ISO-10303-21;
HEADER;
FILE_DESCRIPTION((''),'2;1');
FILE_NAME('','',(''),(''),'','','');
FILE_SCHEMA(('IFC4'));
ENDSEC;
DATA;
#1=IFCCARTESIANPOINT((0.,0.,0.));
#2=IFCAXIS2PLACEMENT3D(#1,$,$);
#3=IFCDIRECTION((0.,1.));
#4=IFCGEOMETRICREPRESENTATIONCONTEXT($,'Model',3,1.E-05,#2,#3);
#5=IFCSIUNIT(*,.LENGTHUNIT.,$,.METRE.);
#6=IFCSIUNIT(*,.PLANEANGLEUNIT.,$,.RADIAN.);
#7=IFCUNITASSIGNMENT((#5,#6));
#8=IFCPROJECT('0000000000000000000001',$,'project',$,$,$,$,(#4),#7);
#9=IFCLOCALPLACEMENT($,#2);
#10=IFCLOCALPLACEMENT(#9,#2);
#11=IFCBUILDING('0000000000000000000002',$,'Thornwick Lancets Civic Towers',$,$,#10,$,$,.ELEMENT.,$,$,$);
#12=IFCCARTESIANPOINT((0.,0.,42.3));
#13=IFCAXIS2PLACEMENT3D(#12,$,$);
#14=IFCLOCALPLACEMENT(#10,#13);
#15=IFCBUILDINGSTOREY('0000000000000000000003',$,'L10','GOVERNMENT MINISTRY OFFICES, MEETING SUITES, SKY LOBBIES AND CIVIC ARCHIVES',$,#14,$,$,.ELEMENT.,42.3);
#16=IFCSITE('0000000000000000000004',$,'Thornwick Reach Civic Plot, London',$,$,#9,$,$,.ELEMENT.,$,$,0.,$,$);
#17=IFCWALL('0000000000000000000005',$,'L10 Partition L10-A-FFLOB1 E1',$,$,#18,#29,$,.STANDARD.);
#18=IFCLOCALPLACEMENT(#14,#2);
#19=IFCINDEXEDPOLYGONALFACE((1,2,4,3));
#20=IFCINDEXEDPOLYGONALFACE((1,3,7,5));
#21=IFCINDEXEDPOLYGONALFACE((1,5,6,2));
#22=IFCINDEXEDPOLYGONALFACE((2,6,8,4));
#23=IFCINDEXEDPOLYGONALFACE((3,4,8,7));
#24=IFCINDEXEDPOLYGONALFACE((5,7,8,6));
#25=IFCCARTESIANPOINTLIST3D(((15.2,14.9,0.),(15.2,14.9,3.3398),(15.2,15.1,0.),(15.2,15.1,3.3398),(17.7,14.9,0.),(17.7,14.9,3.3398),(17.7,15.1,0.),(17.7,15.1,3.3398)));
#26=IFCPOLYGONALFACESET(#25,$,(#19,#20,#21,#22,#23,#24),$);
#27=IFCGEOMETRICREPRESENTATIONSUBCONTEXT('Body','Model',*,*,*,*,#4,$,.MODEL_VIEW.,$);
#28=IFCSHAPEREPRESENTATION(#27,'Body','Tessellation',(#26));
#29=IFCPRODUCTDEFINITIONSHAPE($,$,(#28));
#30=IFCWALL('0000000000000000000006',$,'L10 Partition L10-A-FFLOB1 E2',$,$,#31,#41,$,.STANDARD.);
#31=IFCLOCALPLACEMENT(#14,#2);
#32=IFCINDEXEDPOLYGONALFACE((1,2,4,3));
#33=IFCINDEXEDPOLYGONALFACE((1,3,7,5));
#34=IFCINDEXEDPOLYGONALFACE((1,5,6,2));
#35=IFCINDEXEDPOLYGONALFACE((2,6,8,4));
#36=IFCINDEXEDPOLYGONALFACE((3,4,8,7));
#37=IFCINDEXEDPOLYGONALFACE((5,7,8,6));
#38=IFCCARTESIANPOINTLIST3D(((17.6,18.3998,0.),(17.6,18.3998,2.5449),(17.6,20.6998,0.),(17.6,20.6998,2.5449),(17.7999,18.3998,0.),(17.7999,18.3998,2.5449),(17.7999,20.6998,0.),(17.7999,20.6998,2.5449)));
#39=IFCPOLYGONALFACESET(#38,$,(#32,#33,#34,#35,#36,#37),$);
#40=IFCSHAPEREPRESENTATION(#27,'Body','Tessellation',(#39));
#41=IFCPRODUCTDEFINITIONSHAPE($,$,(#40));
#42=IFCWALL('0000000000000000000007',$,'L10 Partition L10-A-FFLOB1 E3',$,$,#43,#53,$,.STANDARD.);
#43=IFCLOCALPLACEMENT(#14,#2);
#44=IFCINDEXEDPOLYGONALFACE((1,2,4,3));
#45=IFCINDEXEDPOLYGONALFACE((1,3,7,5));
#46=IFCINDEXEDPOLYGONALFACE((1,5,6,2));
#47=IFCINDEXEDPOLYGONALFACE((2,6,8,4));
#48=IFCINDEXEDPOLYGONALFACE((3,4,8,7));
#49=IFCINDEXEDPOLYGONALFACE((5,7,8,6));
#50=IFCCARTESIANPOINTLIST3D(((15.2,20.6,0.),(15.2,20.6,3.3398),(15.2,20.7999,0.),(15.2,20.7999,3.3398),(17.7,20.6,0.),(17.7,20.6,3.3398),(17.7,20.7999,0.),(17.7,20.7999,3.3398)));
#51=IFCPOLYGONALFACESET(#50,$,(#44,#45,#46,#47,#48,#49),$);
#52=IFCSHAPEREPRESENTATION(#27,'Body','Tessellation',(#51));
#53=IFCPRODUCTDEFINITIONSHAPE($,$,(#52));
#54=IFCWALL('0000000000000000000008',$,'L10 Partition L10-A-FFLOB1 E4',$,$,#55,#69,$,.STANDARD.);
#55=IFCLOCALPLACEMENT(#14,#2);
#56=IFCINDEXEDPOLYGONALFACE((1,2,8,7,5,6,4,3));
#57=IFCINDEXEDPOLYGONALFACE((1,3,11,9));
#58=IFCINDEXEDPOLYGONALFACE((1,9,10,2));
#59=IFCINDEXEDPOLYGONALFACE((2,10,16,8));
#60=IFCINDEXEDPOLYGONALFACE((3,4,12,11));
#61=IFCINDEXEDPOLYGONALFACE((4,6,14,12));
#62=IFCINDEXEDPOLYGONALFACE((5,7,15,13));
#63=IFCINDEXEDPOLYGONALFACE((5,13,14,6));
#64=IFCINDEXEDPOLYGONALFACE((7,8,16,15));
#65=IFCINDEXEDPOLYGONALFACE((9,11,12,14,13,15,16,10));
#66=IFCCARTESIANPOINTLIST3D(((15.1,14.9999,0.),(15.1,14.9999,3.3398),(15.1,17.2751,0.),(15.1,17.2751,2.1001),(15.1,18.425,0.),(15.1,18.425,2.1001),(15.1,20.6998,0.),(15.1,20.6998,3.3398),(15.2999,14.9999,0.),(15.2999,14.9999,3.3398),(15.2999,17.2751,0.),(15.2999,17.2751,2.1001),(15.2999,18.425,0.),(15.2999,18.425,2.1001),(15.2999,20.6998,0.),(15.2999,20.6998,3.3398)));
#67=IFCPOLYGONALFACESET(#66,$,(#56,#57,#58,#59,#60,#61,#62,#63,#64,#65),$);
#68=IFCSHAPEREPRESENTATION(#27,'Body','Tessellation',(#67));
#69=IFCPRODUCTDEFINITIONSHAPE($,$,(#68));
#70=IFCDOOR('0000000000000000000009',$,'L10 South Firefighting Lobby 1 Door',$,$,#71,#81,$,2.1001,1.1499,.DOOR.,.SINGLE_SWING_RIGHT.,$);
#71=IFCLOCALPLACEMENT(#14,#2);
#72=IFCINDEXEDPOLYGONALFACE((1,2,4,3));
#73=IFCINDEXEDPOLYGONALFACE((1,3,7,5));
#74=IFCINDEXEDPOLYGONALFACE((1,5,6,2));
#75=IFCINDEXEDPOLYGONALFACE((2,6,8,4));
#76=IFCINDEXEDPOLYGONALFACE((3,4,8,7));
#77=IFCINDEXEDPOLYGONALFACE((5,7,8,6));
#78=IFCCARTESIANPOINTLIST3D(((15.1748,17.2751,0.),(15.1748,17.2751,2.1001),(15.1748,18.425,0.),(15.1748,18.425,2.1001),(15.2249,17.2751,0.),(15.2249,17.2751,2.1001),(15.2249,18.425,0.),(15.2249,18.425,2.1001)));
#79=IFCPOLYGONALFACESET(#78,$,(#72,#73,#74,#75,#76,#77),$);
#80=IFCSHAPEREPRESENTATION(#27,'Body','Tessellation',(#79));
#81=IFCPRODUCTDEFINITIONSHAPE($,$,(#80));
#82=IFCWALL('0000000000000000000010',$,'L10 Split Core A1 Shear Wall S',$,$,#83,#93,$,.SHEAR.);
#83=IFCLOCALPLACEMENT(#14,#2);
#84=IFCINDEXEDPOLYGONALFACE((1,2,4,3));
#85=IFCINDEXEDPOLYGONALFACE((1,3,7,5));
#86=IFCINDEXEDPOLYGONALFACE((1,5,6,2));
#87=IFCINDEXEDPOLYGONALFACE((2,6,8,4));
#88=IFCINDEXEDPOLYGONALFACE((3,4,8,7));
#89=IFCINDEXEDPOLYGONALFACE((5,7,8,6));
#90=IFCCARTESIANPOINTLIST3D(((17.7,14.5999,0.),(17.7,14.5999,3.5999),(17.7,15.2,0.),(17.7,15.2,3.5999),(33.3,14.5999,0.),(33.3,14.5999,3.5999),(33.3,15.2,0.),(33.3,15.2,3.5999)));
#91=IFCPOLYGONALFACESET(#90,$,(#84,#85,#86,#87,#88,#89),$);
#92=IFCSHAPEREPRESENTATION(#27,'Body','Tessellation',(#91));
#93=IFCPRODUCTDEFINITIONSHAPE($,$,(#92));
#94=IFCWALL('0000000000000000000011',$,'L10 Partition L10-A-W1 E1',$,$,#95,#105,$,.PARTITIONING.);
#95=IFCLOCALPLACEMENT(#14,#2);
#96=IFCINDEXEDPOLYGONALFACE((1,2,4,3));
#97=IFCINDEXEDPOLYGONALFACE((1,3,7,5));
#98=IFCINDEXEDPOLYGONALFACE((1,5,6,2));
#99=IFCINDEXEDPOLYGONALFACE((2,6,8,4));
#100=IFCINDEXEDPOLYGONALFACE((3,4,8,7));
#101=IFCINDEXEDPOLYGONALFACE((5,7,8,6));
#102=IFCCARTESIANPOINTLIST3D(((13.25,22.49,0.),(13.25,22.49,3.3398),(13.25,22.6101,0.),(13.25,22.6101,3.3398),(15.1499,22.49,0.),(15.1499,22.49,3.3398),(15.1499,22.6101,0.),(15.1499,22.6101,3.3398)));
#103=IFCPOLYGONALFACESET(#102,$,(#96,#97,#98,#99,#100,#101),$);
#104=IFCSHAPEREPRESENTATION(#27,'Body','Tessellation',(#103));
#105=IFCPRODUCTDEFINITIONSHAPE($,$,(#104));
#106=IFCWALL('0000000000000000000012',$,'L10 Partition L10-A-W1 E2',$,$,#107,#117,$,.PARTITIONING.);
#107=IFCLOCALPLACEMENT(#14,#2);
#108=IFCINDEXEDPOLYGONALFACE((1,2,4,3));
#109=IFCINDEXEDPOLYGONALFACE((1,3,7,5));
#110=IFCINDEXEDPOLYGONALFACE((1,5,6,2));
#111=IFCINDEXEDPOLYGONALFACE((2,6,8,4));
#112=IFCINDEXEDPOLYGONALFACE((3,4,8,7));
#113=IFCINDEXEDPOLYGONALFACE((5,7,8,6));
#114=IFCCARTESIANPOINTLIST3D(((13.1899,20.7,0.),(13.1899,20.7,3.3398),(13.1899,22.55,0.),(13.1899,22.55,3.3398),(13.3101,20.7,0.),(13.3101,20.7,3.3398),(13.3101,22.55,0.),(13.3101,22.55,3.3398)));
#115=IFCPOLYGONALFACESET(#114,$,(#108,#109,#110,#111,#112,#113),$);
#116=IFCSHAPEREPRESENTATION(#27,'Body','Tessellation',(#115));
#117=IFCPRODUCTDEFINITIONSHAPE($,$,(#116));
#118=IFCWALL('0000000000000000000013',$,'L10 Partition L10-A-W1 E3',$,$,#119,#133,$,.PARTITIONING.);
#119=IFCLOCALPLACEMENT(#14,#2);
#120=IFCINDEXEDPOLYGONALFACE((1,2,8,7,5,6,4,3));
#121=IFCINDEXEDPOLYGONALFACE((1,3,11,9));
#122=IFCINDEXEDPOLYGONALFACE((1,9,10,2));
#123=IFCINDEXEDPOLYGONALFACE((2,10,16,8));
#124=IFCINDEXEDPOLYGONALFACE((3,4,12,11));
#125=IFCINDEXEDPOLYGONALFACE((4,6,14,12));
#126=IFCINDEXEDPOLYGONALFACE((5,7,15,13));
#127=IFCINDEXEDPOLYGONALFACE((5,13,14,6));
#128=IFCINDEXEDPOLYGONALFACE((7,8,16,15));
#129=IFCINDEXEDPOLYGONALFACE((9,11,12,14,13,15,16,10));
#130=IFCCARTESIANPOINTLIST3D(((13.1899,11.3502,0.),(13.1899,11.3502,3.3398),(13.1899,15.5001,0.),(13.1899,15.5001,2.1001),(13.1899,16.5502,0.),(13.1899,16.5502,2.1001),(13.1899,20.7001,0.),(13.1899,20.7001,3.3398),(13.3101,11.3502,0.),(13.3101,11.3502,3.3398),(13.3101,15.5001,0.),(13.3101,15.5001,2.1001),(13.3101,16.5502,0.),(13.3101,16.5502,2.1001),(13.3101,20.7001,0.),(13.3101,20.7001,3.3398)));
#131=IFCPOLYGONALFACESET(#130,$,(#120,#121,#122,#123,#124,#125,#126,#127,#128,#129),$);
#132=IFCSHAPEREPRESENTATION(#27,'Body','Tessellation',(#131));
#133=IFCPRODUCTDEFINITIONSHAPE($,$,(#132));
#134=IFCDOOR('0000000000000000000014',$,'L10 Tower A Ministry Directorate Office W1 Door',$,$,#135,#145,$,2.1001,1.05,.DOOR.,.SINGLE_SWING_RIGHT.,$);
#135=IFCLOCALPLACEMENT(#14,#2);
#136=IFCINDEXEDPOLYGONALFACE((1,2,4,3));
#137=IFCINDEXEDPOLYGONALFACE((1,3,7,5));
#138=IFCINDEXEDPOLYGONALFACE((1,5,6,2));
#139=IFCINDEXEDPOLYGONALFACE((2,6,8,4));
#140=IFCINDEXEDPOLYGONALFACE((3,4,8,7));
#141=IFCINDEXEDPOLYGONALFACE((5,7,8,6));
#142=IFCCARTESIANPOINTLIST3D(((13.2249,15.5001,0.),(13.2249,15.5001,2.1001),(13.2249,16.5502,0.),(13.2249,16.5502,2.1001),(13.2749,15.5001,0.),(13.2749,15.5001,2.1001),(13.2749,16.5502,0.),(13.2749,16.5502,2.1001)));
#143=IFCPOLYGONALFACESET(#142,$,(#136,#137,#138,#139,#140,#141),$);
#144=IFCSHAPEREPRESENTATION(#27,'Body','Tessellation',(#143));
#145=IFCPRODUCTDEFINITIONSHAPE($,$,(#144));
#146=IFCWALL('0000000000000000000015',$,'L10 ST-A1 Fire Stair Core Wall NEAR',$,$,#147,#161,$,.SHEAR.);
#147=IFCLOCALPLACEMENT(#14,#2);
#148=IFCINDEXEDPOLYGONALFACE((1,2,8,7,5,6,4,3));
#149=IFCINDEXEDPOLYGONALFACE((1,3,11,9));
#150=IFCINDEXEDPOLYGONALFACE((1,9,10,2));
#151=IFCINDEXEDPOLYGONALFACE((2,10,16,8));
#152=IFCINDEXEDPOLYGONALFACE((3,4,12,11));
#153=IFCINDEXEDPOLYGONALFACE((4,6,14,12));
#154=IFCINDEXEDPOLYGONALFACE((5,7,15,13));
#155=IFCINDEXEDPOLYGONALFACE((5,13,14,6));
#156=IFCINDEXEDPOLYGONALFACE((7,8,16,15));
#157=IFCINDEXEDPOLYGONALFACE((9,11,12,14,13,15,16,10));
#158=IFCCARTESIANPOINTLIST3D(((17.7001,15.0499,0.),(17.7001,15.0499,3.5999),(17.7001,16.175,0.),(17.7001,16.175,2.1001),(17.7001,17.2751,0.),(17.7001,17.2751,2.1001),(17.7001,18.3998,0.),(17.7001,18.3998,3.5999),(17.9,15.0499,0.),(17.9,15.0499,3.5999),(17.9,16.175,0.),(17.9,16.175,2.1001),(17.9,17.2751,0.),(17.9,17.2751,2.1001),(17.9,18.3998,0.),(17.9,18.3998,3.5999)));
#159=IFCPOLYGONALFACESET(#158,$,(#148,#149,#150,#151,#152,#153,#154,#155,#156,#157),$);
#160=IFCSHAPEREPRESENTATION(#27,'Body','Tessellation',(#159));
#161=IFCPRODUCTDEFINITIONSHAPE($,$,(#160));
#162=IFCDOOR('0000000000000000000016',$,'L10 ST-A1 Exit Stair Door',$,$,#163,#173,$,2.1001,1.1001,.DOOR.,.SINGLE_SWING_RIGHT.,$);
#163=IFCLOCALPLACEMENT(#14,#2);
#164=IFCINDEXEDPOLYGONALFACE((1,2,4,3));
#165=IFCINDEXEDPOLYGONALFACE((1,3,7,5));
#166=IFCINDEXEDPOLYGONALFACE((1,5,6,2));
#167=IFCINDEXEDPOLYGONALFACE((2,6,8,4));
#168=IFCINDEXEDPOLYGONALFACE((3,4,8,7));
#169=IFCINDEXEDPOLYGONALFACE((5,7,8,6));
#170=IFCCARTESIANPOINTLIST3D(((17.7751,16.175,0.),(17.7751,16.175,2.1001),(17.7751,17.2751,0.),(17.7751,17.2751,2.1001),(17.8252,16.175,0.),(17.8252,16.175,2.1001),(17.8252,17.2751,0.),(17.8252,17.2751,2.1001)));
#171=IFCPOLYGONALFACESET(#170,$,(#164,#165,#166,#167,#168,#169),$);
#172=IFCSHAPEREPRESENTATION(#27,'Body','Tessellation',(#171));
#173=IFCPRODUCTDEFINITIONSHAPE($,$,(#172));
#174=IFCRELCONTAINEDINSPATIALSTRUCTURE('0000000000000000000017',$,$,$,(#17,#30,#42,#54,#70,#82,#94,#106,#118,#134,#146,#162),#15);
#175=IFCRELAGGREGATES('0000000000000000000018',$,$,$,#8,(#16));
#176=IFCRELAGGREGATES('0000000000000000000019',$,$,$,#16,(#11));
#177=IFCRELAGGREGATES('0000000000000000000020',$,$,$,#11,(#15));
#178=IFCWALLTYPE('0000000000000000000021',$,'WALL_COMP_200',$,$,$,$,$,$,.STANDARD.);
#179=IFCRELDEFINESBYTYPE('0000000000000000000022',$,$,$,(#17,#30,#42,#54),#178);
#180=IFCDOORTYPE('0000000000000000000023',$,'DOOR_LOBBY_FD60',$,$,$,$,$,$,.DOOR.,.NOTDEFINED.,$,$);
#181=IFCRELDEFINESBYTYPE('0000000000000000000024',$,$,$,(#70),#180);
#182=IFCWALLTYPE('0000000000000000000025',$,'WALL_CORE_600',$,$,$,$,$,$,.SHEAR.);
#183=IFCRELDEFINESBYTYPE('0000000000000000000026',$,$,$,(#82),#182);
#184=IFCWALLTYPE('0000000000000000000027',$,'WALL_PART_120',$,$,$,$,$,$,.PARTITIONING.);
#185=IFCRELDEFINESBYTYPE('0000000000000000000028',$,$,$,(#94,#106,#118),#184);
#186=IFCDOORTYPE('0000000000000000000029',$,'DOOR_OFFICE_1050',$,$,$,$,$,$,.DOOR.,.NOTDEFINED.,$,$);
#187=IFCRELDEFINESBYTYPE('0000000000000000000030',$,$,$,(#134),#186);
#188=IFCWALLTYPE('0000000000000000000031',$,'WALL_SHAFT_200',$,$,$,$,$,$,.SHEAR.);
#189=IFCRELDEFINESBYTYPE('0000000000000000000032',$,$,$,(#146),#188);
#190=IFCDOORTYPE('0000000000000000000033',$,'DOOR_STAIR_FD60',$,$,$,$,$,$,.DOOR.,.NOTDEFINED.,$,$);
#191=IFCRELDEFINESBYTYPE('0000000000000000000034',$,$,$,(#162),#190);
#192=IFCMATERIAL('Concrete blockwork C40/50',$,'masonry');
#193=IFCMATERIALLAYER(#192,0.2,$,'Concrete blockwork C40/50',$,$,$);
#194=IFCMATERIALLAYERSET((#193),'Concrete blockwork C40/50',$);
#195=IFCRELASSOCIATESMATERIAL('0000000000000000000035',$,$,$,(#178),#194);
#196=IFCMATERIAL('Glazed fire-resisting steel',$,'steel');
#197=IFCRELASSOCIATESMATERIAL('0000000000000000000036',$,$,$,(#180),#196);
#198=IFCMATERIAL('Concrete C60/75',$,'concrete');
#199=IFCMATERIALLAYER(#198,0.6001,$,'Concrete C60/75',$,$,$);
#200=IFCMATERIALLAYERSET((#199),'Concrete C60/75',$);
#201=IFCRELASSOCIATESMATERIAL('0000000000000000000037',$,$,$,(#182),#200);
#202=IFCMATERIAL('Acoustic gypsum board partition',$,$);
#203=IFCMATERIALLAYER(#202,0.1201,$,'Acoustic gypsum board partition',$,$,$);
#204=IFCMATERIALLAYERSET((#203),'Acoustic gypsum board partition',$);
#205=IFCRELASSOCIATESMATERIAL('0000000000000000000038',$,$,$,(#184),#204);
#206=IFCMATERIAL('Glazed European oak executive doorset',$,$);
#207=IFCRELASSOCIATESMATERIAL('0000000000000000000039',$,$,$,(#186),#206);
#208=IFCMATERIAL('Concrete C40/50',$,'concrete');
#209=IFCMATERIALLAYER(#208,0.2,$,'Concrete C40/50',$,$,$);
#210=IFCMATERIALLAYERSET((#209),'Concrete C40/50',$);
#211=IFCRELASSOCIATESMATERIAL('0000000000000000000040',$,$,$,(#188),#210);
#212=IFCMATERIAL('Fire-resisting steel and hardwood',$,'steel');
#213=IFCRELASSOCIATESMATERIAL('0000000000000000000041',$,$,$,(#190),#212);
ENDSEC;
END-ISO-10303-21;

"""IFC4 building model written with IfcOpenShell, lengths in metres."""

from ifc_helpers import new_model, si_unit, direction, frame, frame_2d, origin, place, context, subcontext, project, spatial, rectangle, extrude, material, layer, layer_set, type_object, element, fill, save


model = new_model("IFC4")

# Units and contexts
model_context = context("Model", 3, precision=1e-05, world=origin(), true_north=direction((0.0, 1.0)))
body_context = subcontext(model_context, "Body", "Model", "MODEL_VIEW")
ifc_project = project(units=[si_unit("LENGTHUNIT", "METRE"), si_unit("PLANEANGLEUNIT", "RADIAN")], contexts=[model_context])

# Site, building, storey
site_placement = place(None, origin())
site = spatial("IfcSite", under=ifc_project, at=site_placement, Name="Thornwick Reach Civic Plot, London", CompositionType="ELEMENT", RefElevation=0.0)
building_placement = place(site_placement, origin())
building = spatial("IfcBuilding", under=site, at=building_placement, Name="Thornwick Lancets Civic Towers", CompositionType="ELEMENT")
storey_placement = place(building_placement, frame((0.0, 0.0, 42.3)))
storey = spatial("IfcBuildingStorey", under=building, at=storey_placement, Name="L10", Description="GOVERNMENT MINISTRY OFFICES, MEETING SUITES, SKY LOBBIES AND CIVIC ARCHIVES", CompositionType="ELEMENT", Elevation=42.3)

# Shared definitions
ifc_material_1 = material(Name="Concrete C60/75", Category="concrete")

# Walls
ifc_material_2 = material(Name="Concrete blockwork C40/50", Category="masonry")
ifc_layer_1 = layer(ifc_material_2, 0.2, Name="Concrete blockwork C40/50")
ifc_layer_set_1 = layer_set([ifc_layer_1], Name="Concrete blockwork C40/50")
wall_type_1 = type_object("IfcWallType", Name="WALL_COMP_200", PredefinedType="STANDARD", material=ifc_layer_set_1)
wall_1_placement = place(storey_placement, frame((15.2, 15.0, 0.0), z_axis=(0.0, 0.0, 1.0), x_axis=(1.0, 0.0, 0.0)))
element("IfcWall", 1, at=wall_1_placement, inside=storey, type_object=wall_type_1, Name="L10 Partition L10-A-FFLOB1 E1", PredefinedType="STANDARD", context=body_context, shape_type="SweptSolid", body=[
    extrude(rectangle(XDim=2.5, YDim=0.2, at=frame_2d((1.25, 0.0))), origin(), (0.0, 0.0, 1.0), 3.3398),
])
wall_2_placement = place(storey_placement, frame((17.7, 18.3999, 0.0), z_axis=(0.0, 0.0, 1.0), x_axis=(0.0, 1.0, 0.0)))
element("IfcWall", 2, at=wall_2_placement, inside=storey, type_object=wall_type_1, Name="L10 Partition L10-A-FFLOB1 E2", PredefinedType="STANDARD", context=body_context, shape_type="SweptSolid", body=[
    extrude(rectangle(XDim=2.3, YDim=0.2, at=frame_2d((1.1499, 0.0))), origin(), (0.0, 0.0, 1.0), 2.5449),
])
wall_3_placement = place(storey_placement, frame((17.7, 20.7, 0.0), z_axis=(0.0, 0.0, 1.0), x_axis=(-1.0, 0.0, 0.0)))
element("IfcWall", 3, at=wall_3_placement, inside=storey, type_object=wall_type_1, Name="L10 Partition L10-A-FFLOB1 E3", PredefinedType="STANDARD", context=body_context, shape_type="SweptSolid", body=[
    extrude(rectangle(XDim=2.5, YDim=0.2, at=frame_2d((1.25, 0.0))), origin(), (0.0, 0.0, 1.0), 3.3398),
])

# Wall, opening, door
wall_4_placement = place(storey_placement, frame((15.2, 20.7, 0.0), z_axis=(0.0, 0.0, 1.0), x_axis=(0.0, -1.0, 0.0)))
wall_4 = element("IfcWall", 4, at=wall_4_placement, inside=storey, type_object=wall_type_1, Name="L10 Partition L10-A-FFLOB1 E4", PredefinedType="STANDARD", context=body_context, shape_type="SweptSolid", body=[
    extrude(rectangle(XDim=5.7, YDim=0.2, at=frame_2d((2.8501, 0.0))), origin(), (0.0, 0.0, 1.0), 3.3398),
])
opening_1_placement = place(wall_4_placement, frame((2.2749, 0.0, 0.0)))
opening_1 = element("IfcOpeningElement", 5, at=opening_1_placement, cuts=wall_4, PredefinedType="OPENING", context=body_context, shape_type="SweptSolid", body=[
    extrude(rectangle(XDim=1.1499, YDim=2.1001, at=frame_2d((0.575, 1.05))), frame((0.0, 0.1099, 0.0), z_axis=(0.0, -1.0, 0.0), x_axis=(1.0, 0.0, 0.0)), (0.0, 0.0, 1.0), 0.22),
])
ifc_material_3 = material(Name="Glazed fire-resisting steel", Category="steel")
door_type_1 = type_object("IfcDoorType", Name="DOOR_LOBBY_FD60", OperationType="NOTDEFINED", PredefinedType="DOOR", material=ifc_material_3)
door_1_placement = place(opening_1_placement, origin())
door_1 = element("IfcDoor", 6, at=door_1_placement, inside=storey, type_object=door_type_1, Name="L10 South Firefighting Lobby 1 Door", OperationType="SINGLE_SWING_RIGHT", OverallHeight=2.1001, OverallWidth=1.1499, PredefinedType="DOOR", context=body_context, shape_type="SweptSolid", body=[
    extrude(rectangle(XDim=1.1499, YDim=2.1001, at=frame_2d((0.575, 1.05))), frame((0.0, 0.0249, 0.0), z_axis=(0.0, -1.0, 0.0), x_axis=(1.0, 0.0, 0.0)), (0.0, 0.0, 1.0), 0.05),
])
fill(opening_1, door_1)

# Walls
ifc_layer_2 = layer(ifc_material_1, 0.6001, Name="Concrete C60/75")
ifc_layer_set_2 = layer_set([ifc_layer_2], Name="Concrete C60/75")
wall_type_2 = type_object("IfcWallType", Name="WALL_CORE_600", PredefinedType="SHEAR", material=ifc_layer_set_2)
wall_5_placement = place(storey_placement, frame((17.7, 14.8999, 0.0), z_axis=(0.0, 0.0, 1.0), x_axis=(1.0, 0.0, 0.0)))
element("IfcWall", 7, at=wall_5_placement, inside=storey, type_object=wall_type_2, Name="L10 Split Core A1 Shear Wall S", PredefinedType="SHEAR", context=body_context, shape_type="SweptSolid", body=[
    extrude(rectangle(XDim=15.6001, YDim=0.6001, at=frame_2d((7.8, 0.0))), origin(), (0.0, 0.0, 1.0), 3.5999),
])
ifc_material_4 = material(Name="Acoustic gypsum board partition")
ifc_layer_3 = layer(ifc_material_4, 0.1201, Name="Acoustic gypsum board partition")
ifc_layer_set_3 = layer_set([ifc_layer_3], Name="Acoustic gypsum board partition")
wall_type_3 = type_object("IfcWallType", Name="WALL_PART_120", PredefinedType="PARTITIONING", material=ifc_layer_set_3)
wall_6_placement = place(storey_placement, frame((15.1499, 22.55, 0.0), z_axis=(0.0, 0.0, 1.0), x_axis=(-1.0, 0.0, 0.0)))
element("IfcWall", 8, at=wall_6_placement, inside=storey, type_object=wall_type_3, Name="L10 Partition L10-A-W1 E1", PredefinedType="PARTITIONING", context=body_context, shape_type="SweptSolid", body=[
    extrude(rectangle(XDim=1.8999, YDim=0.1201, at=frame_2d((0.95, 0.0))), origin(), (0.0, 0.0, 1.0), 3.3398),
])
wall_7_placement = place(storey_placement, frame((13.25, 22.55, 0.0), z_axis=(0.0, 0.0, 1.0), x_axis=(0.0, -1.0, 0.0)))
element("IfcWall", 9, at=wall_7_placement, inside=storey, type_object=wall_type_3, Name="L10 Partition L10-A-W1 E2", PredefinedType="PARTITIONING", context=body_context, shape_type="SweptSolid", body=[
    extrude(rectangle(XDim=1.8501, YDim=0.1201, at=frame_2d((0.925, 0.0))), origin(), (0.0, 0.0, 1.0), 3.3398),
])

# Walls, openings, doors
wall_8_placement = place(storey_placement, frame((13.25, 20.7, 0.0), z_axis=(0.0, 0.0, 1.0), x_axis=(0.0, -1.0, 0.0)))
wall_8 = element("IfcWall", 10, at=wall_8_placement, inside=storey, type_object=wall_type_3, Name="L10 Partition L10-A-W1 E3", PredefinedType="PARTITIONING", context=body_context, shape_type="SweptSolid", body=[
    extrude(rectangle(XDim=9.3499, YDim=0.1201, at=frame_2d((4.6748, 0.0))), origin(), (0.0, 0.0, 1.0), 3.3398),
])
opening_2_placement = place(wall_8_placement, frame((4.1499, 0.0, 0.0)))
opening_2 = element("IfcOpeningElement", 11, at=opening_2_placement, cuts=wall_8, PredefinedType="OPENING", context=body_context, shape_type="SweptSolid", body=[
    extrude(rectangle(XDim=1.05, YDim=2.1001, at=frame_2d((0.5249, 1.05))), frame((0.0, 0.0701, 0.0), z_axis=(0.0, -1.0, 0.0), x_axis=(1.0, 0.0, 0.0)), (0.0, 0.0, 1.0), 0.1401),
])
ifc_material_5 = material(Name="Glazed European oak executive doorset")
door_type_2 = type_object("IfcDoorType", Name="DOOR_OFFICE_1050", OperationType="NOTDEFINED", PredefinedType="DOOR", material=ifc_material_5)
door_2_placement = place(opening_2_placement, origin())
door_2 = element("IfcDoor", 12, at=door_2_placement, inside=storey, type_object=door_type_2, Name="L10 Tower A Ministry Directorate Office W1 Door", OperationType="SINGLE_SWING_RIGHT", OverallHeight=2.1001, OverallWidth=1.05, PredefinedType="DOOR", context=body_context, shape_type="SweptSolid", body=[
    extrude(rectangle(XDim=1.05, YDim=2.1001, at=frame_2d((0.5249, 1.05))), frame((0.0, 0.0249, 0.0), z_axis=(0.0, -1.0, 0.0), x_axis=(1.0, 0.0, 0.0)), (0.0, 0.0, 1.0), 0.05),
])
fill(opening_2, door_2)
ifc_material_6 = material(Name="Concrete C40/50", Category="concrete")
ifc_layer_4 = layer(ifc_material_6, 0.2, Name="Concrete C40/50")
ifc_layer_set_4 = layer_set([ifc_layer_4], Name="Concrete C40/50")
wall_type_4 = type_object("IfcWallType", Name="WALL_SHAFT_200", PredefinedType="SHEAR", material=ifc_layer_set_4)
wall_9_placement = place(storey_placement, frame((17.8, 15.05, 0.0), z_axis=(0.0, 0.0, 1.0), x_axis=(0.0, 1.0, 0.0)))
wall_9 = element("IfcWall", 13, at=wall_9_placement, inside=storey, type_object=wall_type_4, Name="L10 ST-A1 Fire Stair Core Wall NEAR", PredefinedType="SHEAR", context=body_context, shape_type="SweptSolid", body=[
    extrude(rectangle(XDim=3.3499, YDim=0.2, at=frame_2d((1.6748, 0.0))), origin(), (0.0, 0.0, 1.0), 3.5999),
])
opening_3_placement = place(wall_9_placement, frame((1.125, 0.0, 0.0)))
opening_3 = element("IfcOpeningElement", 14, at=opening_3_placement, cuts=wall_9, PredefinedType="OPENING", context=body_context, shape_type="SweptSolid", body=[
    extrude(rectangle(XDim=1.1001, YDim=2.1001, at=frame_2d((0.55, 1.05))), frame((0.0, 0.1099, 0.0), z_axis=(0.0, -1.0, 0.0), x_axis=(1.0, 0.0, 0.0)), (0.0, 0.0, 1.0), 0.22),
])
ifc_material_7 = material(Name="Fire-resisting steel and hardwood", Category="steel")
door_type_3 = type_object("IfcDoorType", Name="DOOR_STAIR_FD60", OperationType="NOTDEFINED", PredefinedType="DOOR", material=ifc_material_7)
door_3_placement = place(opening_3_placement, origin())
door_3 = element("IfcDoor", 15, at=door_3_placement, inside=storey, type_object=door_type_3, Name="L10 ST-A1 Exit Stair Door", OperationType="SINGLE_SWING_RIGHT", OverallHeight=2.1001, OverallWidth=1.1001, PredefinedType="DOOR", context=body_context, shape_type="SweptSolid", body=[
    extrude(rectangle(XDim=1.1001, YDim=2.1001, at=frame_2d((0.55, 1.05))), frame((0.0, 0.0249, 0.0), z_axis=(0.0, -1.0, 0.0), x_axis=(1.0, 0.0, 0.0)), (0.0, 0.0, 1.0), 0.05),
])
fill(opening_3, door_3)

save(model, "model.ifc")
